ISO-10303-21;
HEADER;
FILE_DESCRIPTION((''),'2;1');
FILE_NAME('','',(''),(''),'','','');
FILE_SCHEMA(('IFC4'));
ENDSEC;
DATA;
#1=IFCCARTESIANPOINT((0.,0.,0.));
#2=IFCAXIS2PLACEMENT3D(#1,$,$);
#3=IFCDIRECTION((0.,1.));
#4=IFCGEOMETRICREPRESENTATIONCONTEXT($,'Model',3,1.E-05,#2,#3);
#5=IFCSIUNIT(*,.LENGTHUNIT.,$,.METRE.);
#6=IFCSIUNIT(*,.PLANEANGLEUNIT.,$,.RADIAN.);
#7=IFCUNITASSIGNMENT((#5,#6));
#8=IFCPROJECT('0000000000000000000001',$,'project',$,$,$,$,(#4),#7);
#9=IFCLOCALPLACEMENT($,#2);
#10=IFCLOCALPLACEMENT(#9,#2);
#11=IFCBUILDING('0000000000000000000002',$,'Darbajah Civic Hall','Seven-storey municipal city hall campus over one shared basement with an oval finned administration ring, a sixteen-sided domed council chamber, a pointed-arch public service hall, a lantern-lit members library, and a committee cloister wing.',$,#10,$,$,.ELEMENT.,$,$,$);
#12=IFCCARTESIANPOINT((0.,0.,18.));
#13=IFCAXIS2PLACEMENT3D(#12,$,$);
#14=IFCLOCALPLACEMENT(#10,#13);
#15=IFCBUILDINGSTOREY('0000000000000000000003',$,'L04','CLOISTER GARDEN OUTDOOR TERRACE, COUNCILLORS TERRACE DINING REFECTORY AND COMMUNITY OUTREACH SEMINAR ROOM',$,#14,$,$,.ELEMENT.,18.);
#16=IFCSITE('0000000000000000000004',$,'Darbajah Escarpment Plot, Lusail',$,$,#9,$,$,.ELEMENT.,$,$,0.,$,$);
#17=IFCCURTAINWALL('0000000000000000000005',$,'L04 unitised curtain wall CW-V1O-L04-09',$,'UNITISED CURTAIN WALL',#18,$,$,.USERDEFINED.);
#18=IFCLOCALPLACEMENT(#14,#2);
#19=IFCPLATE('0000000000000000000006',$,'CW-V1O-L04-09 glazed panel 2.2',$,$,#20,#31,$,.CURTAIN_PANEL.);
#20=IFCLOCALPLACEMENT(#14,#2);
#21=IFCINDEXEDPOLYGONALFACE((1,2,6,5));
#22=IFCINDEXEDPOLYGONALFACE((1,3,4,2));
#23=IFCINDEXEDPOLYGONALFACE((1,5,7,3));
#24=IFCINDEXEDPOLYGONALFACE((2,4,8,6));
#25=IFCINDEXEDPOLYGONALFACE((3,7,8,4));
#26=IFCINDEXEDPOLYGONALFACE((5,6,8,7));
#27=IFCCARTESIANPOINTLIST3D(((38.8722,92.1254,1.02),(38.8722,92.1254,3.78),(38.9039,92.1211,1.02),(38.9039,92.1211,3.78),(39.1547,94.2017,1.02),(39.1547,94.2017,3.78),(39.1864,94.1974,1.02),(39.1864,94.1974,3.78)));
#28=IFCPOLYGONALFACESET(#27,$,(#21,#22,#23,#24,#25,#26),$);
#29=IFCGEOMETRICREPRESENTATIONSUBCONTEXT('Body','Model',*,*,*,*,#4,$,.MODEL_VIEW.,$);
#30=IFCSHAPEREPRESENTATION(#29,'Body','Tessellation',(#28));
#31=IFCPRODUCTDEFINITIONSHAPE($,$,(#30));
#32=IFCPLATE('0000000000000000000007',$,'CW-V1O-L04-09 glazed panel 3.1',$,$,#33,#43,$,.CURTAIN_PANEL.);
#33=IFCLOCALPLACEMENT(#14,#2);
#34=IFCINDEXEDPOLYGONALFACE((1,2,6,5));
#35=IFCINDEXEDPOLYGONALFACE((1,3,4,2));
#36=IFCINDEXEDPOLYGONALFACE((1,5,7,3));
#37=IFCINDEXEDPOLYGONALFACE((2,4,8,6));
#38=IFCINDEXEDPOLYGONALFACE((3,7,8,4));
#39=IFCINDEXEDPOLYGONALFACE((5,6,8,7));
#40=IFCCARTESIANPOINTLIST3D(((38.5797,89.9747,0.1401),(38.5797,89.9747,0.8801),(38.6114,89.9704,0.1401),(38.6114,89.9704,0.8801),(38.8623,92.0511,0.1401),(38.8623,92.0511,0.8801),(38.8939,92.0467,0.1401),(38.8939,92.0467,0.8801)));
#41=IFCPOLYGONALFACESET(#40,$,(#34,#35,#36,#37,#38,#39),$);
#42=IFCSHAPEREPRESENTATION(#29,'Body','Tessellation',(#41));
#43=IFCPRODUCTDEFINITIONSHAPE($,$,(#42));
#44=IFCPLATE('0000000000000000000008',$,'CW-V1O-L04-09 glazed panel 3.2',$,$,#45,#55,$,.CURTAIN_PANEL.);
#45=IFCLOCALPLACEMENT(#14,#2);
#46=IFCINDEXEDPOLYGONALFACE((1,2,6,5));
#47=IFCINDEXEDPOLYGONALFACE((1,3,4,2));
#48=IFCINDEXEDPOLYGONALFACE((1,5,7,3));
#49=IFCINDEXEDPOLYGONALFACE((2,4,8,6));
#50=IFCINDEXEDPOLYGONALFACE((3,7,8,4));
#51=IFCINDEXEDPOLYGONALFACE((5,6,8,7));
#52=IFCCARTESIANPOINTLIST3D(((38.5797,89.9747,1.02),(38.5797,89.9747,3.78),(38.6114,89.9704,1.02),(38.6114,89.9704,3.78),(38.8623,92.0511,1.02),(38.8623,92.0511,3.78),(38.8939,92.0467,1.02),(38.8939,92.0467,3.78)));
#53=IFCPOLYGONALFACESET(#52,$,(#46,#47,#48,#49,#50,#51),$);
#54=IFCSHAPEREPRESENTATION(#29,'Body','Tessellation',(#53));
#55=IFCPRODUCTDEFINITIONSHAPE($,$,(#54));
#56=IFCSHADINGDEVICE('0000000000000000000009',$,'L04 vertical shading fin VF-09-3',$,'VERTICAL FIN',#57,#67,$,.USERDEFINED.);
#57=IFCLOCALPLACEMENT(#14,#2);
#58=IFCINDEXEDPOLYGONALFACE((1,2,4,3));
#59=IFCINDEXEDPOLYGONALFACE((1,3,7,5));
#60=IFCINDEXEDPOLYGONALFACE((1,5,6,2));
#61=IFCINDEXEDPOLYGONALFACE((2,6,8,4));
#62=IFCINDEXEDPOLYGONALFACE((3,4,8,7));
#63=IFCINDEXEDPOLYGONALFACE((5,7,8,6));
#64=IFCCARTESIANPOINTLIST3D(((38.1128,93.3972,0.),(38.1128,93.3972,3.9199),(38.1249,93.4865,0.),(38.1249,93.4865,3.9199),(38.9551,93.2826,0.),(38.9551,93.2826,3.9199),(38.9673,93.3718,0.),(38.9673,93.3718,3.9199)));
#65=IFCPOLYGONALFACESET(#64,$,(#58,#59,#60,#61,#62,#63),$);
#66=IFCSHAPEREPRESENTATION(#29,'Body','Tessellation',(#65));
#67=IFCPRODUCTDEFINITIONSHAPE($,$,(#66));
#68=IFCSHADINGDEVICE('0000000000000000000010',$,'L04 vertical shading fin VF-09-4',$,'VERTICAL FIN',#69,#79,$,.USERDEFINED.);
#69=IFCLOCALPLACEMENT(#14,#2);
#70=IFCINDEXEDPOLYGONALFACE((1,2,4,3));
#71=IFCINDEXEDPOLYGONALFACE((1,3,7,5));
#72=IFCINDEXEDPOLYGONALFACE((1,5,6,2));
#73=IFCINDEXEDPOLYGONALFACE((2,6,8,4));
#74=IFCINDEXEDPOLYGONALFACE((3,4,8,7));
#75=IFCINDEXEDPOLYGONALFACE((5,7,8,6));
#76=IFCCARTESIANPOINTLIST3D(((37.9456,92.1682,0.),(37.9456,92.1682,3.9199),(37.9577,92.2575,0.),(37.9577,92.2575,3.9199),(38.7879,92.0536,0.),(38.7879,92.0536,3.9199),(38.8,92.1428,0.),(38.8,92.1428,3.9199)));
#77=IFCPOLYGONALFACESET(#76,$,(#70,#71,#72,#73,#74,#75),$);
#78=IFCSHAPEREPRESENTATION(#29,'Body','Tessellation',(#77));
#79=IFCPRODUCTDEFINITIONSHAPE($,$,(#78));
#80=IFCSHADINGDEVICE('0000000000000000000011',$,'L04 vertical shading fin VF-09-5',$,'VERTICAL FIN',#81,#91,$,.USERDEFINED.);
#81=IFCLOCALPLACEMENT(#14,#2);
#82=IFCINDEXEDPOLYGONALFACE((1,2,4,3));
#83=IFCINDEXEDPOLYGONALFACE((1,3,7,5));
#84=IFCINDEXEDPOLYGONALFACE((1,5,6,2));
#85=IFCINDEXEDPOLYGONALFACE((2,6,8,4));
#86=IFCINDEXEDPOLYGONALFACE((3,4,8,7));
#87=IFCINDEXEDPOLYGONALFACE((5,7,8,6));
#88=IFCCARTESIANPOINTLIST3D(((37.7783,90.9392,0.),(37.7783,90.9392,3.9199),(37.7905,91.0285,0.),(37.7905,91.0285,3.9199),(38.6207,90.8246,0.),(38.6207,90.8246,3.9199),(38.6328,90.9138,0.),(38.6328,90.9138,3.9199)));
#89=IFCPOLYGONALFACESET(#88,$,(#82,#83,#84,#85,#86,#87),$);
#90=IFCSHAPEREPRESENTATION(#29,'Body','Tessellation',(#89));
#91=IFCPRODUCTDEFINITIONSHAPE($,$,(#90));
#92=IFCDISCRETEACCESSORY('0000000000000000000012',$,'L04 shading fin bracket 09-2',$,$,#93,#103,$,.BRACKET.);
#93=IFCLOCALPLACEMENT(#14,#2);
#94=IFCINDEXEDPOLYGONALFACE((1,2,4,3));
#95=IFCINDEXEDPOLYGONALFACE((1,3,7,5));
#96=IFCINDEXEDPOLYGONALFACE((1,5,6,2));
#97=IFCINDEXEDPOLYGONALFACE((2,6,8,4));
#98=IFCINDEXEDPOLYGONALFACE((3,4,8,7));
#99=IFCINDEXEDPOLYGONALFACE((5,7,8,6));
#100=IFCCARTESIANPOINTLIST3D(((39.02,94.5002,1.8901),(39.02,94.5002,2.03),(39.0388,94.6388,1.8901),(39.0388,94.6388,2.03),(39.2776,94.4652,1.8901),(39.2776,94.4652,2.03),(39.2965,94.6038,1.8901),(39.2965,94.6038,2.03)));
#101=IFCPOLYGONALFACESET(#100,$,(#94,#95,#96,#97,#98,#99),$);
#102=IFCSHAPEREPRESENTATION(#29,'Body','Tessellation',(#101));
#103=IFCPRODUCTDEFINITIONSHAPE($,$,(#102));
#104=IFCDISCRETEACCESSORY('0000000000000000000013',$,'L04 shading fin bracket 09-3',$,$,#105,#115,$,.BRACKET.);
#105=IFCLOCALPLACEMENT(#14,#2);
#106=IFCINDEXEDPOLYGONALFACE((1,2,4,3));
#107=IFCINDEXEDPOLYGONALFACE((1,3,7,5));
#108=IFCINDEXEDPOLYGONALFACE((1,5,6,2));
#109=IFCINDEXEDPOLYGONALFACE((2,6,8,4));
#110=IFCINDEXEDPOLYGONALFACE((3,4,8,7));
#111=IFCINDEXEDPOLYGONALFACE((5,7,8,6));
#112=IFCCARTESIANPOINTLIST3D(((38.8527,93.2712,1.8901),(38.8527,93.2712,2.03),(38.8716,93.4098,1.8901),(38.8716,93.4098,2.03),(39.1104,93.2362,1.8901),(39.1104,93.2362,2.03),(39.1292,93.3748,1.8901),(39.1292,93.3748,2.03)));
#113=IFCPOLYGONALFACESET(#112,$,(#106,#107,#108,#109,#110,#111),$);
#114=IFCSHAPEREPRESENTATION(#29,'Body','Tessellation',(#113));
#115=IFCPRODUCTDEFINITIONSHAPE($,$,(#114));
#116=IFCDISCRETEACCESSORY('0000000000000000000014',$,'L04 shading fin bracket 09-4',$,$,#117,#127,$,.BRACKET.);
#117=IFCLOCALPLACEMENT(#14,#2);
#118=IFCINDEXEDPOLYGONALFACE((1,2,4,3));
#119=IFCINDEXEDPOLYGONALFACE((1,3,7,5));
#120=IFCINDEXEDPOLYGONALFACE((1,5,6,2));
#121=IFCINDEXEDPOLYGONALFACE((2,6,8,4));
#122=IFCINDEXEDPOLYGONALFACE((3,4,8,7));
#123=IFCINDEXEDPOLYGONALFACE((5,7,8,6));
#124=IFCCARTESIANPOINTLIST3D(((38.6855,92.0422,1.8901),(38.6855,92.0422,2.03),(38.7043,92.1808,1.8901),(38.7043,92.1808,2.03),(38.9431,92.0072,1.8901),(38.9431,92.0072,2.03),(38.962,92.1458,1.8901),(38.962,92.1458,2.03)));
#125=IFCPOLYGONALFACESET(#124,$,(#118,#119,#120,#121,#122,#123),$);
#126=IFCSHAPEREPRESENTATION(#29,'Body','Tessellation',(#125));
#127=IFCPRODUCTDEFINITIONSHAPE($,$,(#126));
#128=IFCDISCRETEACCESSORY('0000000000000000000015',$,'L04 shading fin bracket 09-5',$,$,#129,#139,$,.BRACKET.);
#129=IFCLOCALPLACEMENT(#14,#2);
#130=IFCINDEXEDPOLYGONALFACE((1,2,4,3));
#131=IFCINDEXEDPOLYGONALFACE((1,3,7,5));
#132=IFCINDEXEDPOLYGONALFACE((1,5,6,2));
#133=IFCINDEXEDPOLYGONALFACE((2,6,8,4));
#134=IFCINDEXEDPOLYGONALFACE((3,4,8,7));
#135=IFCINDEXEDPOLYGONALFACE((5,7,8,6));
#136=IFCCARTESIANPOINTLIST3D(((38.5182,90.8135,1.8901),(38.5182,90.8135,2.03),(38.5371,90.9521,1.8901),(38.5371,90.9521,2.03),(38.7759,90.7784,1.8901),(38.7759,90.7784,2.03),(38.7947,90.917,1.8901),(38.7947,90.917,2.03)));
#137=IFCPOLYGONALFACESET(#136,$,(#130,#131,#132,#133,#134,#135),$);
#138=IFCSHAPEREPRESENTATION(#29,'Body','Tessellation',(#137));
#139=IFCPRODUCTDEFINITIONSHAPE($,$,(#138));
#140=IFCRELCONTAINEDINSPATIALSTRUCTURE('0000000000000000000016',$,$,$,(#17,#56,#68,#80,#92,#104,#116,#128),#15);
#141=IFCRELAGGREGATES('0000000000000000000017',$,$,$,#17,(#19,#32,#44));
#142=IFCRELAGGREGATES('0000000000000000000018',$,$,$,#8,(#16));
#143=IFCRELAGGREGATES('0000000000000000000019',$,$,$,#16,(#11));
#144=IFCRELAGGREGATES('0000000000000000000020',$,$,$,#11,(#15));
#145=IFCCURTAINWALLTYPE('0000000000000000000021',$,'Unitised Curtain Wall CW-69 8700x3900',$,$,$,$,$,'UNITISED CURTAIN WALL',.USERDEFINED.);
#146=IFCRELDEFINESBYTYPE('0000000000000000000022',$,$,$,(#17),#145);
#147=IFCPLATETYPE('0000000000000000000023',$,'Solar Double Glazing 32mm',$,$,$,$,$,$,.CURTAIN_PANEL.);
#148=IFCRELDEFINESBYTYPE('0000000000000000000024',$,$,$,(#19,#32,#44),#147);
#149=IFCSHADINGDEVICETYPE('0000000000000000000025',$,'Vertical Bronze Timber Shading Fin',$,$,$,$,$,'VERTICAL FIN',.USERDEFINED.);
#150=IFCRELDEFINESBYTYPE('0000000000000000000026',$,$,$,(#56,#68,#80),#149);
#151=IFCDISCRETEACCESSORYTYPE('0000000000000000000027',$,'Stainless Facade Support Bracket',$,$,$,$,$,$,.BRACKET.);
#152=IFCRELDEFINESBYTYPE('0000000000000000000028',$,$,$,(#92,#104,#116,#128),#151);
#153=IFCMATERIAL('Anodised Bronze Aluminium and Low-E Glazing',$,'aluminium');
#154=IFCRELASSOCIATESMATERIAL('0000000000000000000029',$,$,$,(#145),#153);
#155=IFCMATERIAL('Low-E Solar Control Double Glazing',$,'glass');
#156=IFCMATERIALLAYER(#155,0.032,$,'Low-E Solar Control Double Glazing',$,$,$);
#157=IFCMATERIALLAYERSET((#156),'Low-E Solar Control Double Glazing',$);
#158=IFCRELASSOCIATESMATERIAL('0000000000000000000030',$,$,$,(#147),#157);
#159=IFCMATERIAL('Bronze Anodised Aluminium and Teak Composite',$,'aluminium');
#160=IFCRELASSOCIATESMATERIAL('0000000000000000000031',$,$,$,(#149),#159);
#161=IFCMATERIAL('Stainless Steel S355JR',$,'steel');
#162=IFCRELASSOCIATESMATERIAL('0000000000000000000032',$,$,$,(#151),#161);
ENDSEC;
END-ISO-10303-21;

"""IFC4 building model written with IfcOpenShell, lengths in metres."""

from ifc_helpers import new_model, si_unit, direction, frame, origin, origin_2d, place, context, subcontext, project, spatial, rectangle, extrude, material, layer, layer_set, type_object, element, aggregate, save


model = new_model("IFC4")

# Units and contexts
model_context = context("Model", 3, precision=1e-05, world=origin(), true_north=direction((0.0, 1.0)))
body_context = subcontext(model_context, "Body", "Model", "MODEL_VIEW")
ifc_project = project(units=[si_unit("LENGTHUNIT", "METRE"), si_unit("PLANEANGLEUNIT", "RADIAN")], contexts=[model_context])

# Site, building, storey
site_placement = place(None, origin())
site = spatial("IfcSite", under=ifc_project, at=site_placement, Name="Darbajah Escarpment Plot, Lusail", CompositionType="ELEMENT", RefElevation=0.0)
building_placement = place(site_placement, origin())
building = spatial("IfcBuilding", under=site, at=building_placement, Name="Darbajah Civic Hall", Description="Seven-storey municipal city hall campus over one shared basement with an oval finned administration ring, a sixteen-sided domed council chamber, a pointed-arch public service hall, a lantern-lit members library, and a committee cloister wing.", CompositionType="ELEMENT")
storey_placement = place(building_placement, frame((0.0, 0.0, 18.0)))
storey = spatial("IfcBuildingStorey", under=building, at=storey_placement, Name="L04", Description="CLOISTER GARDEN OUTDOOR TERRACE, COUNCILLORS TERRACE DINING REFECTORY AND COMMUNITY OUTREACH SEMINAR ROOM", CompositionType="ELEMENT", Elevation=18.0)

# Curtain wall, plates
ifc_material_1 = material(Name="Anodised Bronze Aluminium and Low-E Glazing", Category="aluminium")
curtain_wall_type = type_object("IfcCurtainWallType", Name="Unitised Curtain Wall CW-69 8700x3900", ElementType="UNITISED CURTAIN WALL", PredefinedType="USERDEFINED", material=ifc_material_1)
curtain_wall_placement = place(storey_placement, origin())
curtain_wall = element("IfcCurtainWall", 1, at=curtain_wall_placement, inside=storey, type_object=curtain_wall_type, Name="L04 unitised curtain wall CW-V1O-L04-09", ObjectType="UNITISED CURTAIN WALL", PredefinedType="USERDEFINED")
ifc_material_2 = material(Name="Low-E Solar Control Double Glazing", Category="glass")
ifc_layer = layer(ifc_material_2, 0.032, Name="Low-E Solar Control Double Glazing")
ifc_layer_set = layer_set([ifc_layer], Name="Low-E Solar Control Double Glazing")
plate_type = type_object("IfcPlateType", Name="Solar Double Glazing 32mm", PredefinedType="CURTAIN_PANEL", material=ifc_layer_set)
plate_1_placement = place(storey_placement, frame((39.0293, 93.1614, 1.02), z_axis=(0.0, 0.0, 1.0), x_axis=(-0.134851, -0.990866, 0.0)))
plate_1 = element("IfcPlate", 2, at=plate_1_placement, type_object=plate_type, Name="CW-V1O-L04-09 glazed panel 2.2", PredefinedType="CURTAIN_PANEL", context=body_context, shape_type="SweptSolid", body=[
    extrude(rectangle(XDim=2.0955, YDim=0.032, at=origin_2d()), origin(), (0.0, 0.0, 1.0), 2.76),
])
plate_2_placement = place(storey_placement, frame((38.7368, 91.0107, 0.1401), z_axis=(0.0, 0.0, 1.0), x_axis=(-0.134851, -0.990866, 0.0)))
plate_2 = element("IfcPlate", 3, at=plate_2_placement, type_object=plate_type, Name="CW-V1O-L04-09 glazed panel 3.1", PredefinedType="CURTAIN_PANEL", context=body_context, shape_type="SweptSolid", body=[
    extrude(rectangle(XDim=2.0955, YDim=0.032, at=origin_2d()), origin(), (0.0, 0.0, 1.0), 0.74),
])
plate_3_placement = place(storey_placement, frame((38.7368, 91.0107, 1.02), z_axis=(0.0, 0.0, 1.0), x_axis=(-0.134851, -0.990866, 0.0)))
plate_3 = element("IfcPlate", 4, at=plate_3_placement, type_object=plate_type, Name="CW-V1O-L04-09 glazed panel 3.2", PredefinedType="CURTAIN_PANEL", context=body_context, shape_type="SweptSolid", body=[
    extrude(rectangle(XDim=2.0955, YDim=0.032, at=origin_2d()), origin(), (0.0, 0.0, 1.0), 2.76),
])
aggregate(curtain_wall, [plate_1, plate_2, plate_3])

# Shading devices
ifc_material_3 = material(Name="Bronze Anodised Aluminium and Teak Composite", Category="aluminium")
shading_device_type = type_object("IfcShadingDeviceType", Name="Vertical Bronze Timber Shading Fin", ElementType="VERTICAL FIN", PredefinedType="USERDEFINED", material=ifc_material_3)
for number, where, z_axis, x_axis, name in (
    (5, (38.54, 93.3845, 0.0), (0.0, 0.0, 1.0), (-0.990866, 0.134851, 0.0), "L04 vertical shading fin VF-09-3"),
    (6, (38.3728, 92.1555, 0.0), (0.0, 0.0, 1.0), (-0.990866, 0.134851, 0.0), "L04 vertical shading fin VF-09-4"),
    (7, (38.2056, 90.9265, 0.0), (0.0, 0.0, 1.0), (-0.990866, 0.134851, 0.0), "L04 vertical shading fin VF-09-5"),
):
    element("IfcShadingDevice", number, at=place(storey_placement, frame(where, z_axis=z_axis, x_axis=x_axis)), inside=storey, type_object=shading_device_type, Name=name, ObjectType="VERTICAL FIN", PredefinedType="USERDEFINED", context=body_context, shape_type="SweptSolid", body=[
        extrude(rectangle(XDim=0.8501, YDim=0.0901, at=origin_2d()), origin(), (0.0, 0.0, 1.0), 3.9199),
    ])

# Discrete accessories
ifc_material_4 = material(Name="Stainless Steel S355JR", Category="steel")
discrete_accessory_type = type_object("IfcDiscreteAccessoryType", Name="Stainless Facade Support Bracket", PredefinedType="BRACKET", material=ifc_material_4)
for number, where, z_axis, x_axis, name in (
    (8, (39.1582, 94.552, 1.8901), (0.0, 0.0, 1.0), (-0.990866, 0.134851, 0.0), "L04 shading fin bracket 09-2"),
    (9, (38.991, 93.323, 1.8901), (0.0, 0.0, 1.0), (-0.990866, 0.134851, 0.0), "L04 shading fin bracket 09-3"),
    (10, (38.8237, 92.094, 1.8901), (0.0, 0.0, 1.0), (-0.990866, 0.134851, 0.0), "L04 shading fin bracket 09-4"),
    (11, (38.6565, 90.8652, 1.8901), (0.0, 0.0, 1.0), (-0.990866, 0.134851, 0.0), "L04 shading fin bracket 09-5"),
):
    element("IfcDiscreteAccessory", number, at=place(storey_placement, frame(where, z_axis=z_axis, x_axis=x_axis)), inside=storey, type_object=discrete_accessory_type, Name=name, PredefinedType="BRACKET", context=body_context, shape_type="SweptSolid", body=[
        extrude(rectangle(XDim=0.26, YDim=0.1399, at=origin_2d()), origin(), (0.0, 0.0, 1.0), 0.1399),
    ])

save(model, "model.ifc")
